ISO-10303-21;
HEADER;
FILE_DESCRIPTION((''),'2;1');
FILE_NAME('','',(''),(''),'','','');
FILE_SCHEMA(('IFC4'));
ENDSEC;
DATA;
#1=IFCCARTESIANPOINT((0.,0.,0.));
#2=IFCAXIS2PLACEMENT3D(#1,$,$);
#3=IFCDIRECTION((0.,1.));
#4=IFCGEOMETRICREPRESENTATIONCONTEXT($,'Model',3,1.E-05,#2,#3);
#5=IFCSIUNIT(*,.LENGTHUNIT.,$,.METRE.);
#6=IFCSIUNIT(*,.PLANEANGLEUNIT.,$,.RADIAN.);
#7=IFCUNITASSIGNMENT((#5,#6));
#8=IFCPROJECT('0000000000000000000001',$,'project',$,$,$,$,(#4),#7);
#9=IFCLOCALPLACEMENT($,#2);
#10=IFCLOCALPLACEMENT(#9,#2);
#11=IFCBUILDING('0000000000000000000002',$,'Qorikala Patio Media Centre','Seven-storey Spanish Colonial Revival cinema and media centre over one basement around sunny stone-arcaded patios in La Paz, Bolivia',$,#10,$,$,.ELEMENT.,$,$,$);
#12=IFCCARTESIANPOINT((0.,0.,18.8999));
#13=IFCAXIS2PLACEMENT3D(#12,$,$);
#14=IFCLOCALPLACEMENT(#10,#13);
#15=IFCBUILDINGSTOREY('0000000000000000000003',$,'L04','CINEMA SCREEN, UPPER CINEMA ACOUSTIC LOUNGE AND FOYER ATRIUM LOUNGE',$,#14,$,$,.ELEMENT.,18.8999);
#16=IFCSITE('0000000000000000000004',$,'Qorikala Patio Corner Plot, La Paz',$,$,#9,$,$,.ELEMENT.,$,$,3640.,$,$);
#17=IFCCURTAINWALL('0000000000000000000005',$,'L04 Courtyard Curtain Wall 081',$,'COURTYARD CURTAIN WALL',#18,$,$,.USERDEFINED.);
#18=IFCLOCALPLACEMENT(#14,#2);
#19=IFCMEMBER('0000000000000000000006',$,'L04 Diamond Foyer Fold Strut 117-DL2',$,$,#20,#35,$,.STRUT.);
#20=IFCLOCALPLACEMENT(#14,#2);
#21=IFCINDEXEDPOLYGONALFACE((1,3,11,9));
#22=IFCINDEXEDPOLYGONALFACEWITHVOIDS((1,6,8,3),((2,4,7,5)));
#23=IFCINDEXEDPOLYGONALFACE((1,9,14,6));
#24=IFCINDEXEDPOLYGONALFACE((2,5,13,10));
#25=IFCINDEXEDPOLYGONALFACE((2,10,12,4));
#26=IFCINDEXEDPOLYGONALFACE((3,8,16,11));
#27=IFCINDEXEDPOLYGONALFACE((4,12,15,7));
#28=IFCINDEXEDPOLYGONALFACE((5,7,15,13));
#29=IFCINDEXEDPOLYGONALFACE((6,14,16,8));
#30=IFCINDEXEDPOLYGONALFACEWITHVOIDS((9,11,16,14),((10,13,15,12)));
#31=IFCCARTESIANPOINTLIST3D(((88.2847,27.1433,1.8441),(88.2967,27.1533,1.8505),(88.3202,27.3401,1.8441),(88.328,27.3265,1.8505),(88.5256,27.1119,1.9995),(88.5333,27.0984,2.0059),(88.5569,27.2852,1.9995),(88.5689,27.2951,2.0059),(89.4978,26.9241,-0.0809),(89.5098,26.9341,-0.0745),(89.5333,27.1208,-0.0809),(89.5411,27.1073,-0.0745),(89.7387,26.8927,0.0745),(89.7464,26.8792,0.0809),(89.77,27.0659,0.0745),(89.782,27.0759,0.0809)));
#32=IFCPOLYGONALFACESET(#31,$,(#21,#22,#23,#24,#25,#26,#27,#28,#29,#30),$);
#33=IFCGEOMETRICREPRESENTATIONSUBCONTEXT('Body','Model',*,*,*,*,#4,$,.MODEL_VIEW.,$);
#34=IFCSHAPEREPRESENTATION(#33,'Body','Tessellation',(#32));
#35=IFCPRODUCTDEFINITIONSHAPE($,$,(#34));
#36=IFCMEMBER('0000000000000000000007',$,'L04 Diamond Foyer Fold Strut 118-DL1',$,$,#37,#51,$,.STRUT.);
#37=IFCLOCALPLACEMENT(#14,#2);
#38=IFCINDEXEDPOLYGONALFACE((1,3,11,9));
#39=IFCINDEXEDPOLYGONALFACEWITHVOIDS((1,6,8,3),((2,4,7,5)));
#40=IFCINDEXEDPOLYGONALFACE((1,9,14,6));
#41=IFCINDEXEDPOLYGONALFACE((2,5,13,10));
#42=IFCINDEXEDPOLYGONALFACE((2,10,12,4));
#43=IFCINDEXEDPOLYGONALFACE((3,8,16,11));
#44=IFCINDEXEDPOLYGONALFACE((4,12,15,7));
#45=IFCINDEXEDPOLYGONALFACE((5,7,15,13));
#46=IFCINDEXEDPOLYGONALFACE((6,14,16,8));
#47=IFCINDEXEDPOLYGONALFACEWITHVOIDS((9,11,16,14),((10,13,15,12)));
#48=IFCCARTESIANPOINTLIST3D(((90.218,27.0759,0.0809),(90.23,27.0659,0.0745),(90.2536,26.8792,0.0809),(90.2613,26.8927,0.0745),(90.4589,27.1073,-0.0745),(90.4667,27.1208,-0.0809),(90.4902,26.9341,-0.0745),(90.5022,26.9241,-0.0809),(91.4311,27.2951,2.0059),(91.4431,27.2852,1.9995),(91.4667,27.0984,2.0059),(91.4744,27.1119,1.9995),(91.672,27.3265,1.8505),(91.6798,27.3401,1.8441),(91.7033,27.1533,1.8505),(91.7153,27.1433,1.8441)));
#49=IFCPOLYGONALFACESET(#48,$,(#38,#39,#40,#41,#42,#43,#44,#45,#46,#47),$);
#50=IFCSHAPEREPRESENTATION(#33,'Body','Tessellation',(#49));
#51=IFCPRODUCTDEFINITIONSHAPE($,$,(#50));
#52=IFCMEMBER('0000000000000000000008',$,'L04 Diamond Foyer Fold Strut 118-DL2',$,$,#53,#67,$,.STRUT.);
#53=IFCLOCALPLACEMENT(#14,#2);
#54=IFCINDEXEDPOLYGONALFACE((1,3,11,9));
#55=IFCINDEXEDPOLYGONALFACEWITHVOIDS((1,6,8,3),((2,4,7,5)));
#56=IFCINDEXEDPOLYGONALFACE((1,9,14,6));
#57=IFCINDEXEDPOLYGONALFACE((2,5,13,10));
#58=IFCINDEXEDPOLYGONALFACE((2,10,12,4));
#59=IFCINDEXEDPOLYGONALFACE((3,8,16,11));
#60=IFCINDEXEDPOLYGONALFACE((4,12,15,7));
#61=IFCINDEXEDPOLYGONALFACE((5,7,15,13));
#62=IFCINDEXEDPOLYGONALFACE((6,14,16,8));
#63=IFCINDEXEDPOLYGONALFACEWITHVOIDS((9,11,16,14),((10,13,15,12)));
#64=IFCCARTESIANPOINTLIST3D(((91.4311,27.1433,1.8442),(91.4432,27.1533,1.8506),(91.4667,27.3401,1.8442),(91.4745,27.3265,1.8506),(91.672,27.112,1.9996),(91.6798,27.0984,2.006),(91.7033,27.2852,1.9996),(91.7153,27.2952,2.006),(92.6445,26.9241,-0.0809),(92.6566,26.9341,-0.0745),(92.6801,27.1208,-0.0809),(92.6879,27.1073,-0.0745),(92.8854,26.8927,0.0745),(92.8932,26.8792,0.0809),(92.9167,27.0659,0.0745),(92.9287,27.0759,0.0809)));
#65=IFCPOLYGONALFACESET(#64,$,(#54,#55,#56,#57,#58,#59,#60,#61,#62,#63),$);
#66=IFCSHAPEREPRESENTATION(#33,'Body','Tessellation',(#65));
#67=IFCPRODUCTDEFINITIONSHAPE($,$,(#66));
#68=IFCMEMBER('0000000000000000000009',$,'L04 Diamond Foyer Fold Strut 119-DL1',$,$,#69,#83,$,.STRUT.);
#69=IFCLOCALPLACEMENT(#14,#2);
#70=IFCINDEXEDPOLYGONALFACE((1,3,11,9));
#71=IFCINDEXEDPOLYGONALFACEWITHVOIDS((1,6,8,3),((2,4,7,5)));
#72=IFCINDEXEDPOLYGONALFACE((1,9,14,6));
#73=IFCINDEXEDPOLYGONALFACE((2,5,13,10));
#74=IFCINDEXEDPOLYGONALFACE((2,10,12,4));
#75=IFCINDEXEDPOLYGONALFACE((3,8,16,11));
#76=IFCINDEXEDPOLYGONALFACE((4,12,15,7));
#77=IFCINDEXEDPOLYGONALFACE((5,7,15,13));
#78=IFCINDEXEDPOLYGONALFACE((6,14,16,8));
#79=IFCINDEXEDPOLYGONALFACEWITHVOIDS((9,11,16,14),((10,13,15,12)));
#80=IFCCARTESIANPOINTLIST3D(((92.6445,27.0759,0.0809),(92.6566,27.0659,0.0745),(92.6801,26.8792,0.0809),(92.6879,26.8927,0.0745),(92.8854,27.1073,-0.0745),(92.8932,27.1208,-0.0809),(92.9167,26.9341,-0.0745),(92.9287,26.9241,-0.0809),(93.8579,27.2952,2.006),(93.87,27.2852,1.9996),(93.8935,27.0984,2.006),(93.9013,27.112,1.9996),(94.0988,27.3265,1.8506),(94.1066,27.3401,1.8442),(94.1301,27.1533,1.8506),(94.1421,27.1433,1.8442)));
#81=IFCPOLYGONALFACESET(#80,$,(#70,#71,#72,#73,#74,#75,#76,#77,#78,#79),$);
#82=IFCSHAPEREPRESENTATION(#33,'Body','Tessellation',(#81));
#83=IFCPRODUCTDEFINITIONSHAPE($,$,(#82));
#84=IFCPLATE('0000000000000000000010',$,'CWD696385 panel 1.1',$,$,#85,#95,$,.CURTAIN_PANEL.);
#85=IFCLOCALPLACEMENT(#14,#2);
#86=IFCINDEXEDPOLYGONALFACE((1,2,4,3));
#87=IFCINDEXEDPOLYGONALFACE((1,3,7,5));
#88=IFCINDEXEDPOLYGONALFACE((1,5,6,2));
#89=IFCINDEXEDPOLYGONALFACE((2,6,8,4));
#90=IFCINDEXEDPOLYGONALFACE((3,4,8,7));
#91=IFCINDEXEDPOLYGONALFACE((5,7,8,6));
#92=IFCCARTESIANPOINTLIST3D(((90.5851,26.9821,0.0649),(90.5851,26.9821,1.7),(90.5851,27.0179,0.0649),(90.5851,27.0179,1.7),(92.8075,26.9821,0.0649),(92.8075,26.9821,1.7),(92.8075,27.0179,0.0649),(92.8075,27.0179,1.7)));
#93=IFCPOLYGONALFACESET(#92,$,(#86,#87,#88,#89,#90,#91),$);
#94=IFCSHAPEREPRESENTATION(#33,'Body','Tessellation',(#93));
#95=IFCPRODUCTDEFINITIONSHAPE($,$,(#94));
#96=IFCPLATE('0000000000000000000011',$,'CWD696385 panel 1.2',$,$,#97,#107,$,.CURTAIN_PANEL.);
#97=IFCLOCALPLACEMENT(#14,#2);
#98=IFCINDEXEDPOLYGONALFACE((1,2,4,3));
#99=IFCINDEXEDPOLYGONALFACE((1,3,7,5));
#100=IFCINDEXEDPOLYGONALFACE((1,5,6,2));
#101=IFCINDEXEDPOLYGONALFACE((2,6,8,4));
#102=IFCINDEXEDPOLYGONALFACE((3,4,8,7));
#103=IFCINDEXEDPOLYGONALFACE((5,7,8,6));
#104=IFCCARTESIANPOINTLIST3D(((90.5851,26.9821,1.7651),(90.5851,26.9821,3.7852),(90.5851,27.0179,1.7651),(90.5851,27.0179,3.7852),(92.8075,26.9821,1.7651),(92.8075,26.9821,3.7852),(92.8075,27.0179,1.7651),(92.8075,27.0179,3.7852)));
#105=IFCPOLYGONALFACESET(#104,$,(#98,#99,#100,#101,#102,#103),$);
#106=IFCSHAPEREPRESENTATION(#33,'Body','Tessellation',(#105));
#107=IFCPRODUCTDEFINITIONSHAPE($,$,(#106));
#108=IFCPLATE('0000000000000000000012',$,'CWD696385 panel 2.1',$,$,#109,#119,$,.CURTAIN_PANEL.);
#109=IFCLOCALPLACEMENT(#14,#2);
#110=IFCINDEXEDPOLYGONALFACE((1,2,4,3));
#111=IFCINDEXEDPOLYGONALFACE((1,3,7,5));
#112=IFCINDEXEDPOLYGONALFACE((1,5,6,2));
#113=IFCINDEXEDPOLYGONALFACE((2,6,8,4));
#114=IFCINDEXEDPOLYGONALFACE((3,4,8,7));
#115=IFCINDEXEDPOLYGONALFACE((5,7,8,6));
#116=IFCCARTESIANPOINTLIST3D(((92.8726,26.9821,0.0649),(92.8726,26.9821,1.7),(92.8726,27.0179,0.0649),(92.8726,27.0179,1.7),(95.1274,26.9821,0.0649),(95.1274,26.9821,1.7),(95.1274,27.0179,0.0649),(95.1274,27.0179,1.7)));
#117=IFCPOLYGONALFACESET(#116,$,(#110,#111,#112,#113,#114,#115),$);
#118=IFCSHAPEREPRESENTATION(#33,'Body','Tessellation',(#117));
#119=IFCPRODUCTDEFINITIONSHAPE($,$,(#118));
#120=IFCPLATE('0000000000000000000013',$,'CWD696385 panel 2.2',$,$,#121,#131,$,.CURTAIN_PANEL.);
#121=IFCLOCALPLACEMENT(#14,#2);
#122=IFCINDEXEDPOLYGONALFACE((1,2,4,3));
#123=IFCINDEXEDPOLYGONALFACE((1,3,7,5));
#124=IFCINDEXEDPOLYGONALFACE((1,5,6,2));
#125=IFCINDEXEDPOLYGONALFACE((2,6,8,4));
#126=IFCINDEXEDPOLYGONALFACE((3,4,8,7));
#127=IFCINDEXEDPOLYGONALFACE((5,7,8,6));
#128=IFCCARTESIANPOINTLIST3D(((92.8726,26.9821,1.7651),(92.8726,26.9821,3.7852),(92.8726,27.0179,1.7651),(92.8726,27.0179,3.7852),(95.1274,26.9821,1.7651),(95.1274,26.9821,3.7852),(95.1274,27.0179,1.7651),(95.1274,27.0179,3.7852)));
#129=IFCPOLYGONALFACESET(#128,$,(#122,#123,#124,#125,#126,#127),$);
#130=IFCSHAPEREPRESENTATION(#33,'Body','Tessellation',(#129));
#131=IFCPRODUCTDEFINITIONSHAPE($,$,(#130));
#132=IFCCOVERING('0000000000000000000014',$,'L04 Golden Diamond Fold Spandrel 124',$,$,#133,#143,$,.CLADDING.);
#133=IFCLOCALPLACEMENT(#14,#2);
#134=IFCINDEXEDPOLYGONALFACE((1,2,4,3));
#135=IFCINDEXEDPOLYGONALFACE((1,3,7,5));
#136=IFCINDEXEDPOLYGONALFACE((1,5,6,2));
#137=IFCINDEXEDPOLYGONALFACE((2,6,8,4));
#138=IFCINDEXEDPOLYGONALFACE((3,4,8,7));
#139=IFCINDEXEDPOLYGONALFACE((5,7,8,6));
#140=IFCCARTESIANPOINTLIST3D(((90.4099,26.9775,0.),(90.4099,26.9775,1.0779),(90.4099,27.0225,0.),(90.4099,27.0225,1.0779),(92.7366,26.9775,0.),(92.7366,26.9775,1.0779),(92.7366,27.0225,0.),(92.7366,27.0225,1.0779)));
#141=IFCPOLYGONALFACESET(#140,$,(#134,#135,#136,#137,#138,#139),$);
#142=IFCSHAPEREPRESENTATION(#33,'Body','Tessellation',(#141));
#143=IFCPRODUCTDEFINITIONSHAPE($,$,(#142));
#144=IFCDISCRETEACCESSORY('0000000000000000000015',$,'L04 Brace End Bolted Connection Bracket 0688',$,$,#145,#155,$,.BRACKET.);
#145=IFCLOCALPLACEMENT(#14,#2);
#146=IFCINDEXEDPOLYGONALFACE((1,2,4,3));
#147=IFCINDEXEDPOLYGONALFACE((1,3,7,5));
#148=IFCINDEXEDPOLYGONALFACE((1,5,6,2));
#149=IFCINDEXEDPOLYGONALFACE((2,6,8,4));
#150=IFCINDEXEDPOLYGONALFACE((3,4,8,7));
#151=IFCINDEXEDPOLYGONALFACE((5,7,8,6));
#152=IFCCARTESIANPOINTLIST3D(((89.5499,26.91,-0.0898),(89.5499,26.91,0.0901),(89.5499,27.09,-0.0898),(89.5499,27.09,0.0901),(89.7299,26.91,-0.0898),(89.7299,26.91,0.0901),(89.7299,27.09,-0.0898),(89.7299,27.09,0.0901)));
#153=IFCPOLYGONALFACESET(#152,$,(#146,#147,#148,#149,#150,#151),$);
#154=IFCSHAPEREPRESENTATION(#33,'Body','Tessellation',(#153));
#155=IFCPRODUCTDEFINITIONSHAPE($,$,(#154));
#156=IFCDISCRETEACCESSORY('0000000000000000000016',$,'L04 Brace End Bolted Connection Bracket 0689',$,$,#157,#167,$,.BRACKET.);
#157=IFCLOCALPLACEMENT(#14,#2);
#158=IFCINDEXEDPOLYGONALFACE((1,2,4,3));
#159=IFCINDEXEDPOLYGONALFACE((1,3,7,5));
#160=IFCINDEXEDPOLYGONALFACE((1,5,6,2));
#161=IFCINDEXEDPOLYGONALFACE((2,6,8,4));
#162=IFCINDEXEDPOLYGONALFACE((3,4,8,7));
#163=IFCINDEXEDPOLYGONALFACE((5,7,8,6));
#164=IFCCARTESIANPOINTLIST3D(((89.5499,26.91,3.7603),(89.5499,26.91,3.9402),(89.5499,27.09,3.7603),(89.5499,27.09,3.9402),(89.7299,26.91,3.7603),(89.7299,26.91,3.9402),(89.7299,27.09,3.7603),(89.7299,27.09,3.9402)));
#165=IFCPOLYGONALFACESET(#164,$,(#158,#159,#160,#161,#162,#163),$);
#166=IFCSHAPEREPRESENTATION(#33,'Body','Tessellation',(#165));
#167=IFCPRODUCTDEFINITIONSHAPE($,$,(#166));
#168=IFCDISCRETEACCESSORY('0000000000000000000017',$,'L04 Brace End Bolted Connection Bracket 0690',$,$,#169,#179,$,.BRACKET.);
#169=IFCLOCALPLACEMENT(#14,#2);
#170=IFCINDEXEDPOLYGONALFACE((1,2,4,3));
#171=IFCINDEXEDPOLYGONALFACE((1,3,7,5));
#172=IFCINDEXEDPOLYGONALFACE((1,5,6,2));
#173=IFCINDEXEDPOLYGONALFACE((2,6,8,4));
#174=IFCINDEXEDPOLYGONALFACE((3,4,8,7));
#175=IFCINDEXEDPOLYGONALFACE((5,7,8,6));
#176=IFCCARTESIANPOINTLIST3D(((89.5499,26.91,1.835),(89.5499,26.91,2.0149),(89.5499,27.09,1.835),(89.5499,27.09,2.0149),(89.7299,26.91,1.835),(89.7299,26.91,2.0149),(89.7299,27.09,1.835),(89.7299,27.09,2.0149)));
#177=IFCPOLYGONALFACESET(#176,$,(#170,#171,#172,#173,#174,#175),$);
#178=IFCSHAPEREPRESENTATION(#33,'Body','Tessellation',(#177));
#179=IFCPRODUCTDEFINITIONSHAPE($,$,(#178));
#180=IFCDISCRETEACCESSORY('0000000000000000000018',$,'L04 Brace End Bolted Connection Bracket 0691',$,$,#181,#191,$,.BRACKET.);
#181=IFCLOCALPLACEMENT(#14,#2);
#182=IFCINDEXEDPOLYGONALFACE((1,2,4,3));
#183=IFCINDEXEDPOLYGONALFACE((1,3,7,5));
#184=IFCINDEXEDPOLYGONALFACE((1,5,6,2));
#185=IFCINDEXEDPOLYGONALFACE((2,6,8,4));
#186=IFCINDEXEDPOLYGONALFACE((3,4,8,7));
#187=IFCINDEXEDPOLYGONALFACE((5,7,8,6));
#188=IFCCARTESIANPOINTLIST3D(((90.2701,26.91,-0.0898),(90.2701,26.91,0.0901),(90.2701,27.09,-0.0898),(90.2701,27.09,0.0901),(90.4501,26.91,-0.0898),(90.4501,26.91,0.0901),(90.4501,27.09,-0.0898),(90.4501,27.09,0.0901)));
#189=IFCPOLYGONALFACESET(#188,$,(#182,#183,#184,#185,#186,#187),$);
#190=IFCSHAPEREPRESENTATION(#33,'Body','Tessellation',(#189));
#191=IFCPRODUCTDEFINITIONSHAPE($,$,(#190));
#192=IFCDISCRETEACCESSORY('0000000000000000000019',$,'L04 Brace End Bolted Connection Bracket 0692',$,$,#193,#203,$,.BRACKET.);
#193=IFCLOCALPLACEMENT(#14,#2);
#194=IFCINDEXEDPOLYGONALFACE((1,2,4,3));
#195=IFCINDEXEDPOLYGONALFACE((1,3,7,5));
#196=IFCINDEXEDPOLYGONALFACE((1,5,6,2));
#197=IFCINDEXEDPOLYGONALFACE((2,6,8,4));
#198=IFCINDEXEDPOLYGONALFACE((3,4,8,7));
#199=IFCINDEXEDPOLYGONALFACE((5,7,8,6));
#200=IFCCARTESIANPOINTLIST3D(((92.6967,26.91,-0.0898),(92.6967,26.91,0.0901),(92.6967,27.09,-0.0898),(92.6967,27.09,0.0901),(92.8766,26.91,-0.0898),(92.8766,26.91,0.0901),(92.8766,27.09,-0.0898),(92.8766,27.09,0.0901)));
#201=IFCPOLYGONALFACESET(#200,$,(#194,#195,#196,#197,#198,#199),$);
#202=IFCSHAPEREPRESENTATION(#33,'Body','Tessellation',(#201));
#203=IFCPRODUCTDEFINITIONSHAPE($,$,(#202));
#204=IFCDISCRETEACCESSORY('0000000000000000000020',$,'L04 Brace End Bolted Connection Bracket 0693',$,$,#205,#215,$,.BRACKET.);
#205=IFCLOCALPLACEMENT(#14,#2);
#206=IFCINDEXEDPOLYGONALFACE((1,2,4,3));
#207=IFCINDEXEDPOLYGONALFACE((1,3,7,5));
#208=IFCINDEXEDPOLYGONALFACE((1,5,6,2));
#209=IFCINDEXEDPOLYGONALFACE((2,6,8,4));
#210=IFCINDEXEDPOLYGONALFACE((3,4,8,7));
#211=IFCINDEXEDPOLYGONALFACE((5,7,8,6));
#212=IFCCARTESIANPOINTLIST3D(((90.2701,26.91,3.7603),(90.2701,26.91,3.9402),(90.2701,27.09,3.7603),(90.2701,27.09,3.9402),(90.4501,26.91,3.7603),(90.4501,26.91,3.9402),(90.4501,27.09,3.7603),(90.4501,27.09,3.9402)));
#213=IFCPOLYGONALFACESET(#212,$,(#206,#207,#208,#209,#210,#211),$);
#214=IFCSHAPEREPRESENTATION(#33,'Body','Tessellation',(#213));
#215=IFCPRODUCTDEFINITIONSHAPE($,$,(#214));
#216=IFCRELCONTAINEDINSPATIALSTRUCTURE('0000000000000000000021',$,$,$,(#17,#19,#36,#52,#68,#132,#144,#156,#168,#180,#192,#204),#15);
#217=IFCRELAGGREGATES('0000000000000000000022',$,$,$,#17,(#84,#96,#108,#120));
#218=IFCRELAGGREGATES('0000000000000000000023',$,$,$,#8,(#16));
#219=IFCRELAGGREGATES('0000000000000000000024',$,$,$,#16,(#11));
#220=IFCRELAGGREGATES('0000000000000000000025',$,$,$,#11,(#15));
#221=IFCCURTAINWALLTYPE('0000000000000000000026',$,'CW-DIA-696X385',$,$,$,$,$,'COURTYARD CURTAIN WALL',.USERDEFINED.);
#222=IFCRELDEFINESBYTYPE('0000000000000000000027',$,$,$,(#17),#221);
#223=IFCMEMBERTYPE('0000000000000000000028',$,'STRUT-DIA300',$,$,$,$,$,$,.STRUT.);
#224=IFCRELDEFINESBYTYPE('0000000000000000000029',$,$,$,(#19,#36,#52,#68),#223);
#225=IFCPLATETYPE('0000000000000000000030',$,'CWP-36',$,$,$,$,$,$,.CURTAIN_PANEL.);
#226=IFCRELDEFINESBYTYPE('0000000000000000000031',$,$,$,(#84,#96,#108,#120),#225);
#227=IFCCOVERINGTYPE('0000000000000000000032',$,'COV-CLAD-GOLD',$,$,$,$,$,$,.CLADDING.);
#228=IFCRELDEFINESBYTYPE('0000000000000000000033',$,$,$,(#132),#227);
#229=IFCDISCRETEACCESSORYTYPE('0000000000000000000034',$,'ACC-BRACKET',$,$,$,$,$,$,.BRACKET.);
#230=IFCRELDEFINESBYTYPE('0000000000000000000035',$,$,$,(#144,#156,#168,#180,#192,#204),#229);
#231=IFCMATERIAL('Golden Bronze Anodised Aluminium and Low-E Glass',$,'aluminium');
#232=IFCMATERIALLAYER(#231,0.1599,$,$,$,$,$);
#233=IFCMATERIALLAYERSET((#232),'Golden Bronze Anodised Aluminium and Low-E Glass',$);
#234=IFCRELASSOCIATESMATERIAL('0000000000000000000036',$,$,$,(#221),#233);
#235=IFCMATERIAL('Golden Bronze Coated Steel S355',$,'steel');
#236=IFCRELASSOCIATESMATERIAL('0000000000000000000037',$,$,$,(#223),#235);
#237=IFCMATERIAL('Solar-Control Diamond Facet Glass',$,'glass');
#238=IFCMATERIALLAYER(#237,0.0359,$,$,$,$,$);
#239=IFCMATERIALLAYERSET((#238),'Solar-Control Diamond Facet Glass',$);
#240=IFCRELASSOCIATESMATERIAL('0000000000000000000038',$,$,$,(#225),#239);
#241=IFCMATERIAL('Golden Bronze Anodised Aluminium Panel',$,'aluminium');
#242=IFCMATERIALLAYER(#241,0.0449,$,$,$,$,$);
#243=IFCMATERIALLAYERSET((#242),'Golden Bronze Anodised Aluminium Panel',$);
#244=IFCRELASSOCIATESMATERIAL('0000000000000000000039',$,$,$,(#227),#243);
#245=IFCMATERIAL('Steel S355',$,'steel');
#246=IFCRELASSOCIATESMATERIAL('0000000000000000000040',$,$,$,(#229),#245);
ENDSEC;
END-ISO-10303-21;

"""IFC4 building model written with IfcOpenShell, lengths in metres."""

from ifc_helpers import new_model, si_unit, direction, frame, origin, origin_2d, place, context, subcontext, project, spatial, rectangle, hollow_rectangle, extrude, material, layer, layer_set, material_profile, profile_set, type_object, element, aggregate, save


model = new_model("IFC4")

# Units and contexts
model_context = context("Model", 3, precision=1e-05, world=origin(), true_north=direction((0.0, 1.0)))
body_context = subcontext(model_context, "Body", "Model", "MODEL_VIEW")
ifc_project = project(units=[si_unit("LENGTHUNIT", "METRE"), si_unit("PLANEANGLEUNIT", "RADIAN")], contexts=[model_context])

# Site, building, storey
site_placement = place(None, origin())
site = spatial("IfcSite", under=ifc_project, at=site_placement, Name="Qorikala Patio Corner Plot, La Paz", CompositionType="ELEMENT", RefElevation=3640.0)
building_placement = place(site_placement, origin())
building = spatial("IfcBuilding", under=site, at=building_placement, Name="Qorikala Patio Media Centre", Description="Seven-storey Spanish Colonial Revival cinema and media centre over one basement around sunny stone-arcaded patios in La Paz, Bolivia", CompositionType="ELEMENT")
storey_placement = place(building_placement, frame((0.0, 0.0, 18.8999)))
storey = spatial("IfcBuildingStorey", under=building, at=storey_placement, Name="L04", Description="CINEMA SCREEN, UPPER CINEMA ACOUSTIC LOUNGE AND FOYER ATRIUM LOUNGE", CompositionType="ELEMENT", Elevation=18.8999)

# Shared definitions
ifc_material_1 = material(Name="Golden Bronze Coated Steel S355", Category="steel")

# Curtain wall
ifc_material_2 = material(Name="Golden Bronze Anodised Aluminium and Low-E Glass", Category="aluminium")
ifc_layer_1 = layer(ifc_material_2, 0.1599)
ifc_layer_set_1 = layer_set([ifc_layer_1], Name="Golden Bronze Anodised Aluminium and Low-E Glass")
curtain_wall_type = type_object("IfcCurtainWallType", Name="CW-DIA-696X385", ElementType="COURTYARD CURTAIN WALL", PredefinedType="USERDEFINED", material=ifc_layer_set_1)
curtain_wall_placement = place(storey_placement, origin())
curtain_wall = element("IfcCurtainWall", 1, at=curtain_wall_placement, inside=storey, type_object=curtain_wall_type, Name="L04 Courtyard Curtain Wall 081", ObjectType="COURTYARD CURTAIN WALL", PredefinedType="USERDEFINED")

# Members
ifc_material_profile_1 = material_profile(ifc_material_1, hollow_rectangle(XDim=0.2, YDim=0.3, WallThickness=0.012, at=origin_2d()), Name="HSS300X200X12")
ifc_profile_set_1 = profile_set([ifc_material_profile_1], Name="Golden Bronze Coated Steel S355")
member_type_1 = type_object("IfcMemberType", Name="STRUT-DIA300", PredefinedType="STRUT", material=ifc_profile_set_1)
for number, where, z_axis, x_axis, name in (
    (2, (89.6399, 27.0, 0.0), (-0.530691, 0.095907, 0.842121), (-0.17784, -0.984059, 0.0), "L04 Diamond Foyer Fold Strut 117-DL2"),
    (3, (90.3601, 27.0, 0.0), (0.530691, 0.095907, 0.842121), (-0.17784, 0.984059, 0.0), "L04 Diamond Foyer Fold Strut 118-DL1"),
):
    element("IfcMember", number, at=place(storey_placement, frame(where, z_axis=z_axis, x_axis=x_axis)), inside=storey, type_object=member_type_1, Name=name, PredefinedType="STRUT", context=body_context, shape_type="SweptSolid", body=[
        extrude(hollow_rectangle(XDim=0.2, YDim=0.3, WallThickness=0.012, at=origin_2d()), origin(), (0.0, 0.0, 1.0), 2.2859),
    ])
for number, where, z_axis, x_axis, name in (
    (4, (92.7866, 27.0, 0.0), (-0.530768, 0.095901, 0.842074), (-0.177805, -0.984066, 0.0), "L04 Diamond Foyer Fold Strut 118-DL2"),
    (5, (92.7866, 27.0, 0.0), (0.530768, 0.095901, 0.842074), (-0.177805, 0.984066, 0.0), "L04 Diamond Foyer Fold Strut 119-DL1"),
):
    element("IfcMember", number, at=place(storey_placement, frame(where, z_axis=z_axis, x_axis=x_axis)), inside=storey, type_object=member_type_1, Name=name, PredefinedType="STRUT", context=body_context, shape_type="SweptSolid", body=[
        extrude(hollow_rectangle(XDim=0.2, YDim=0.3, WallThickness=0.012, at=origin_2d()), origin(), (0.0, 0.0, 1.0), 2.2861),
    ])

# Plates
ifc_material_3 = material(Name="Solar-Control Diamond Facet Glass", Category="glass")
ifc_layer_2 = layer(ifc_material_3, 0.0359)
ifc_layer_set_2 = layer_set([ifc_layer_2], Name="Solar-Control Diamond Facet Glass")
plate_type = type_object("IfcPlateType", Name="CWP-36", PredefinedType="CURTAIN_PANEL", material=ifc_layer_set_2)
plate_1_placement = place(storey_placement, frame((91.6963, 27.0, 0.0649), z_axis=(0.0, 0.0, 1.0), x_axis=(1.0, 0.0, 0.0)))
plate_1 = element("IfcPlate", 6, at=plate_1_placement, type_object=plate_type, Name="CWD696385 panel 1.1", PredefinedType="CURTAIN_PANEL", context=body_context, shape_type="SweptSolid", body=[
    extrude(rectangle(XDim=2.2224, YDim=0.0359, at=origin_2d()), origin(), (0.0, 0.0, 1.0), 1.635),
])
plate_2_placement = place(storey_placement, frame((91.6963, 27.0, 1.7651), z_axis=(0.0, 0.0, 1.0), x_axis=(1.0, 0.0, 0.0)))
plate_2 = element("IfcPlate", 7, at=plate_2_placement, type_object=plate_type, Name="CWD696385 panel 1.2", PredefinedType="CURTAIN_PANEL", context=body_context, shape_type="SweptSolid", body=[
    extrude(rectangle(XDim=2.2224, YDim=0.0359, at=origin_2d()), origin(), (0.0, 0.0, 1.0), 2.02),
])
plate_3_placement = place(storey_placement, frame((94.0, 27.0, 0.0649), z_axis=(0.0, 0.0, 1.0), x_axis=(1.0, 0.0, 0.0)))
plate_3 = element("IfcPlate", 8, at=plate_3_placement, type_object=plate_type, Name="CWD696385 panel 2.1", PredefinedType="CURTAIN_PANEL", context=body_context, shape_type="SweptSolid", body=[
    extrude(rectangle(XDim=2.2549, YDim=0.0359, at=origin_2d()), origin(), (0.0, 0.0, 1.0), 1.635),
])
plate_4_placement = place(storey_placement, frame((94.0, 27.0, 1.7651), z_axis=(0.0, 0.0, 1.0), x_axis=(1.0, 0.0, 0.0)))
plate_4 = element("IfcPlate", 9, at=plate_4_placement, type_object=plate_type, Name="CWD696385 panel 2.2", PredefinedType="CURTAIN_PANEL", context=body_context, shape_type="SweptSolid", body=[
    extrude(rectangle(XDim=2.2549, YDim=0.0359, at=origin_2d()), origin(), (0.0, 0.0, 1.0), 2.02),
])
aggregate(curtain_wall, [plate_1, plate_2, plate_3, plate_4])

# Covering
ifc_material_4 = material(Name="Golden Bronze Anodised Aluminium Panel", Category="aluminium")
ifc_layer_3 = layer(ifc_material_4, 0.0449)
ifc_layer_set_3 = layer_set([ifc_layer_3], Name="Golden Bronze Anodised Aluminium Panel")
covering_type = type_object("IfcCoveringType", Name="COV-CLAD-GOLD", PredefinedType="CLADDING", material=ifc_layer_set_3)
covering_placement = place(storey_placement, frame((91.5732, 27.0, 0.0), z_axis=(0.0, 0.0, 1.0), x_axis=(1.0, 0.0, 0.0)))
element("IfcCovering", 10, at=covering_placement, inside=storey, type_object=covering_type, Name="L04 Golden Diamond Fold Spandrel 124", PredefinedType="CLADDING", context=body_context, shape_type="SweptSolid", body=[
    extrude(rectangle(XDim=2.3267, YDim=0.0449, at=origin_2d()), origin(), (0.0, 0.0, 1.0), 1.0779),
])

# Discrete accessories
ifc_material_5 = material(Name="Steel S355", Category="steel")
discrete_accessory_type = type_object("IfcDiscreteAccessoryType", Name="ACC-BRACKET", PredefinedType="BRACKET", material=ifc_material_5)
for number, where, z_axis, x_axis, name in (
    (11, (89.6399, 27.0, -0.0898), (0.0, 0.0, 1.0), (1.0, 0.0, 0.0), "L04 Brace End Bolted Connection Bracket 0688"),
    (12, (89.6399, 27.0, 3.7603), (0.0, 0.0, 1.0), (1.0, 0.0, 0.0), "L04 Brace End Bolted Connection Bracket 0689"),
    (13, (89.6399, 27.0, 1.835), (0.0, 0.0, 1.0), (1.0, 0.0, 0.0), "L04 Brace End Bolted Connection Bracket 0690"),
    (14, (90.3601, 27.0, -0.0898), (0.0, 0.0, 1.0), (1.0, 0.0, 0.0), "L04 Brace End Bolted Connection Bracket 0691"),
    (15, (92.7866, 27.0, -0.0898), (0.0, 0.0, 1.0), (1.0, 0.0, 0.0), "L04 Brace End Bolted Connection Bracket 0692"),
    (16, (90.3601, 27.0, 3.7603), (0.0, 0.0, 1.0), (1.0, 0.0, 0.0), "L04 Brace End Bolted Connection Bracket 0693"),
):
    element("IfcDiscreteAccessory", number, at=place(storey_placement, frame(where, z_axis=z_axis, x_axis=x_axis)), inside=storey, type_object=discrete_accessory_type, Name=name, PredefinedType="BRACKET", context=body_context, shape_type="SweptSolid", body=[
        extrude(rectangle(XDim=0.1799, YDim=0.1799, at=origin_2d()), origin(), (0.0, 0.0, 1.0), 0.1799),
    ])

save(model, "model.ifc")
